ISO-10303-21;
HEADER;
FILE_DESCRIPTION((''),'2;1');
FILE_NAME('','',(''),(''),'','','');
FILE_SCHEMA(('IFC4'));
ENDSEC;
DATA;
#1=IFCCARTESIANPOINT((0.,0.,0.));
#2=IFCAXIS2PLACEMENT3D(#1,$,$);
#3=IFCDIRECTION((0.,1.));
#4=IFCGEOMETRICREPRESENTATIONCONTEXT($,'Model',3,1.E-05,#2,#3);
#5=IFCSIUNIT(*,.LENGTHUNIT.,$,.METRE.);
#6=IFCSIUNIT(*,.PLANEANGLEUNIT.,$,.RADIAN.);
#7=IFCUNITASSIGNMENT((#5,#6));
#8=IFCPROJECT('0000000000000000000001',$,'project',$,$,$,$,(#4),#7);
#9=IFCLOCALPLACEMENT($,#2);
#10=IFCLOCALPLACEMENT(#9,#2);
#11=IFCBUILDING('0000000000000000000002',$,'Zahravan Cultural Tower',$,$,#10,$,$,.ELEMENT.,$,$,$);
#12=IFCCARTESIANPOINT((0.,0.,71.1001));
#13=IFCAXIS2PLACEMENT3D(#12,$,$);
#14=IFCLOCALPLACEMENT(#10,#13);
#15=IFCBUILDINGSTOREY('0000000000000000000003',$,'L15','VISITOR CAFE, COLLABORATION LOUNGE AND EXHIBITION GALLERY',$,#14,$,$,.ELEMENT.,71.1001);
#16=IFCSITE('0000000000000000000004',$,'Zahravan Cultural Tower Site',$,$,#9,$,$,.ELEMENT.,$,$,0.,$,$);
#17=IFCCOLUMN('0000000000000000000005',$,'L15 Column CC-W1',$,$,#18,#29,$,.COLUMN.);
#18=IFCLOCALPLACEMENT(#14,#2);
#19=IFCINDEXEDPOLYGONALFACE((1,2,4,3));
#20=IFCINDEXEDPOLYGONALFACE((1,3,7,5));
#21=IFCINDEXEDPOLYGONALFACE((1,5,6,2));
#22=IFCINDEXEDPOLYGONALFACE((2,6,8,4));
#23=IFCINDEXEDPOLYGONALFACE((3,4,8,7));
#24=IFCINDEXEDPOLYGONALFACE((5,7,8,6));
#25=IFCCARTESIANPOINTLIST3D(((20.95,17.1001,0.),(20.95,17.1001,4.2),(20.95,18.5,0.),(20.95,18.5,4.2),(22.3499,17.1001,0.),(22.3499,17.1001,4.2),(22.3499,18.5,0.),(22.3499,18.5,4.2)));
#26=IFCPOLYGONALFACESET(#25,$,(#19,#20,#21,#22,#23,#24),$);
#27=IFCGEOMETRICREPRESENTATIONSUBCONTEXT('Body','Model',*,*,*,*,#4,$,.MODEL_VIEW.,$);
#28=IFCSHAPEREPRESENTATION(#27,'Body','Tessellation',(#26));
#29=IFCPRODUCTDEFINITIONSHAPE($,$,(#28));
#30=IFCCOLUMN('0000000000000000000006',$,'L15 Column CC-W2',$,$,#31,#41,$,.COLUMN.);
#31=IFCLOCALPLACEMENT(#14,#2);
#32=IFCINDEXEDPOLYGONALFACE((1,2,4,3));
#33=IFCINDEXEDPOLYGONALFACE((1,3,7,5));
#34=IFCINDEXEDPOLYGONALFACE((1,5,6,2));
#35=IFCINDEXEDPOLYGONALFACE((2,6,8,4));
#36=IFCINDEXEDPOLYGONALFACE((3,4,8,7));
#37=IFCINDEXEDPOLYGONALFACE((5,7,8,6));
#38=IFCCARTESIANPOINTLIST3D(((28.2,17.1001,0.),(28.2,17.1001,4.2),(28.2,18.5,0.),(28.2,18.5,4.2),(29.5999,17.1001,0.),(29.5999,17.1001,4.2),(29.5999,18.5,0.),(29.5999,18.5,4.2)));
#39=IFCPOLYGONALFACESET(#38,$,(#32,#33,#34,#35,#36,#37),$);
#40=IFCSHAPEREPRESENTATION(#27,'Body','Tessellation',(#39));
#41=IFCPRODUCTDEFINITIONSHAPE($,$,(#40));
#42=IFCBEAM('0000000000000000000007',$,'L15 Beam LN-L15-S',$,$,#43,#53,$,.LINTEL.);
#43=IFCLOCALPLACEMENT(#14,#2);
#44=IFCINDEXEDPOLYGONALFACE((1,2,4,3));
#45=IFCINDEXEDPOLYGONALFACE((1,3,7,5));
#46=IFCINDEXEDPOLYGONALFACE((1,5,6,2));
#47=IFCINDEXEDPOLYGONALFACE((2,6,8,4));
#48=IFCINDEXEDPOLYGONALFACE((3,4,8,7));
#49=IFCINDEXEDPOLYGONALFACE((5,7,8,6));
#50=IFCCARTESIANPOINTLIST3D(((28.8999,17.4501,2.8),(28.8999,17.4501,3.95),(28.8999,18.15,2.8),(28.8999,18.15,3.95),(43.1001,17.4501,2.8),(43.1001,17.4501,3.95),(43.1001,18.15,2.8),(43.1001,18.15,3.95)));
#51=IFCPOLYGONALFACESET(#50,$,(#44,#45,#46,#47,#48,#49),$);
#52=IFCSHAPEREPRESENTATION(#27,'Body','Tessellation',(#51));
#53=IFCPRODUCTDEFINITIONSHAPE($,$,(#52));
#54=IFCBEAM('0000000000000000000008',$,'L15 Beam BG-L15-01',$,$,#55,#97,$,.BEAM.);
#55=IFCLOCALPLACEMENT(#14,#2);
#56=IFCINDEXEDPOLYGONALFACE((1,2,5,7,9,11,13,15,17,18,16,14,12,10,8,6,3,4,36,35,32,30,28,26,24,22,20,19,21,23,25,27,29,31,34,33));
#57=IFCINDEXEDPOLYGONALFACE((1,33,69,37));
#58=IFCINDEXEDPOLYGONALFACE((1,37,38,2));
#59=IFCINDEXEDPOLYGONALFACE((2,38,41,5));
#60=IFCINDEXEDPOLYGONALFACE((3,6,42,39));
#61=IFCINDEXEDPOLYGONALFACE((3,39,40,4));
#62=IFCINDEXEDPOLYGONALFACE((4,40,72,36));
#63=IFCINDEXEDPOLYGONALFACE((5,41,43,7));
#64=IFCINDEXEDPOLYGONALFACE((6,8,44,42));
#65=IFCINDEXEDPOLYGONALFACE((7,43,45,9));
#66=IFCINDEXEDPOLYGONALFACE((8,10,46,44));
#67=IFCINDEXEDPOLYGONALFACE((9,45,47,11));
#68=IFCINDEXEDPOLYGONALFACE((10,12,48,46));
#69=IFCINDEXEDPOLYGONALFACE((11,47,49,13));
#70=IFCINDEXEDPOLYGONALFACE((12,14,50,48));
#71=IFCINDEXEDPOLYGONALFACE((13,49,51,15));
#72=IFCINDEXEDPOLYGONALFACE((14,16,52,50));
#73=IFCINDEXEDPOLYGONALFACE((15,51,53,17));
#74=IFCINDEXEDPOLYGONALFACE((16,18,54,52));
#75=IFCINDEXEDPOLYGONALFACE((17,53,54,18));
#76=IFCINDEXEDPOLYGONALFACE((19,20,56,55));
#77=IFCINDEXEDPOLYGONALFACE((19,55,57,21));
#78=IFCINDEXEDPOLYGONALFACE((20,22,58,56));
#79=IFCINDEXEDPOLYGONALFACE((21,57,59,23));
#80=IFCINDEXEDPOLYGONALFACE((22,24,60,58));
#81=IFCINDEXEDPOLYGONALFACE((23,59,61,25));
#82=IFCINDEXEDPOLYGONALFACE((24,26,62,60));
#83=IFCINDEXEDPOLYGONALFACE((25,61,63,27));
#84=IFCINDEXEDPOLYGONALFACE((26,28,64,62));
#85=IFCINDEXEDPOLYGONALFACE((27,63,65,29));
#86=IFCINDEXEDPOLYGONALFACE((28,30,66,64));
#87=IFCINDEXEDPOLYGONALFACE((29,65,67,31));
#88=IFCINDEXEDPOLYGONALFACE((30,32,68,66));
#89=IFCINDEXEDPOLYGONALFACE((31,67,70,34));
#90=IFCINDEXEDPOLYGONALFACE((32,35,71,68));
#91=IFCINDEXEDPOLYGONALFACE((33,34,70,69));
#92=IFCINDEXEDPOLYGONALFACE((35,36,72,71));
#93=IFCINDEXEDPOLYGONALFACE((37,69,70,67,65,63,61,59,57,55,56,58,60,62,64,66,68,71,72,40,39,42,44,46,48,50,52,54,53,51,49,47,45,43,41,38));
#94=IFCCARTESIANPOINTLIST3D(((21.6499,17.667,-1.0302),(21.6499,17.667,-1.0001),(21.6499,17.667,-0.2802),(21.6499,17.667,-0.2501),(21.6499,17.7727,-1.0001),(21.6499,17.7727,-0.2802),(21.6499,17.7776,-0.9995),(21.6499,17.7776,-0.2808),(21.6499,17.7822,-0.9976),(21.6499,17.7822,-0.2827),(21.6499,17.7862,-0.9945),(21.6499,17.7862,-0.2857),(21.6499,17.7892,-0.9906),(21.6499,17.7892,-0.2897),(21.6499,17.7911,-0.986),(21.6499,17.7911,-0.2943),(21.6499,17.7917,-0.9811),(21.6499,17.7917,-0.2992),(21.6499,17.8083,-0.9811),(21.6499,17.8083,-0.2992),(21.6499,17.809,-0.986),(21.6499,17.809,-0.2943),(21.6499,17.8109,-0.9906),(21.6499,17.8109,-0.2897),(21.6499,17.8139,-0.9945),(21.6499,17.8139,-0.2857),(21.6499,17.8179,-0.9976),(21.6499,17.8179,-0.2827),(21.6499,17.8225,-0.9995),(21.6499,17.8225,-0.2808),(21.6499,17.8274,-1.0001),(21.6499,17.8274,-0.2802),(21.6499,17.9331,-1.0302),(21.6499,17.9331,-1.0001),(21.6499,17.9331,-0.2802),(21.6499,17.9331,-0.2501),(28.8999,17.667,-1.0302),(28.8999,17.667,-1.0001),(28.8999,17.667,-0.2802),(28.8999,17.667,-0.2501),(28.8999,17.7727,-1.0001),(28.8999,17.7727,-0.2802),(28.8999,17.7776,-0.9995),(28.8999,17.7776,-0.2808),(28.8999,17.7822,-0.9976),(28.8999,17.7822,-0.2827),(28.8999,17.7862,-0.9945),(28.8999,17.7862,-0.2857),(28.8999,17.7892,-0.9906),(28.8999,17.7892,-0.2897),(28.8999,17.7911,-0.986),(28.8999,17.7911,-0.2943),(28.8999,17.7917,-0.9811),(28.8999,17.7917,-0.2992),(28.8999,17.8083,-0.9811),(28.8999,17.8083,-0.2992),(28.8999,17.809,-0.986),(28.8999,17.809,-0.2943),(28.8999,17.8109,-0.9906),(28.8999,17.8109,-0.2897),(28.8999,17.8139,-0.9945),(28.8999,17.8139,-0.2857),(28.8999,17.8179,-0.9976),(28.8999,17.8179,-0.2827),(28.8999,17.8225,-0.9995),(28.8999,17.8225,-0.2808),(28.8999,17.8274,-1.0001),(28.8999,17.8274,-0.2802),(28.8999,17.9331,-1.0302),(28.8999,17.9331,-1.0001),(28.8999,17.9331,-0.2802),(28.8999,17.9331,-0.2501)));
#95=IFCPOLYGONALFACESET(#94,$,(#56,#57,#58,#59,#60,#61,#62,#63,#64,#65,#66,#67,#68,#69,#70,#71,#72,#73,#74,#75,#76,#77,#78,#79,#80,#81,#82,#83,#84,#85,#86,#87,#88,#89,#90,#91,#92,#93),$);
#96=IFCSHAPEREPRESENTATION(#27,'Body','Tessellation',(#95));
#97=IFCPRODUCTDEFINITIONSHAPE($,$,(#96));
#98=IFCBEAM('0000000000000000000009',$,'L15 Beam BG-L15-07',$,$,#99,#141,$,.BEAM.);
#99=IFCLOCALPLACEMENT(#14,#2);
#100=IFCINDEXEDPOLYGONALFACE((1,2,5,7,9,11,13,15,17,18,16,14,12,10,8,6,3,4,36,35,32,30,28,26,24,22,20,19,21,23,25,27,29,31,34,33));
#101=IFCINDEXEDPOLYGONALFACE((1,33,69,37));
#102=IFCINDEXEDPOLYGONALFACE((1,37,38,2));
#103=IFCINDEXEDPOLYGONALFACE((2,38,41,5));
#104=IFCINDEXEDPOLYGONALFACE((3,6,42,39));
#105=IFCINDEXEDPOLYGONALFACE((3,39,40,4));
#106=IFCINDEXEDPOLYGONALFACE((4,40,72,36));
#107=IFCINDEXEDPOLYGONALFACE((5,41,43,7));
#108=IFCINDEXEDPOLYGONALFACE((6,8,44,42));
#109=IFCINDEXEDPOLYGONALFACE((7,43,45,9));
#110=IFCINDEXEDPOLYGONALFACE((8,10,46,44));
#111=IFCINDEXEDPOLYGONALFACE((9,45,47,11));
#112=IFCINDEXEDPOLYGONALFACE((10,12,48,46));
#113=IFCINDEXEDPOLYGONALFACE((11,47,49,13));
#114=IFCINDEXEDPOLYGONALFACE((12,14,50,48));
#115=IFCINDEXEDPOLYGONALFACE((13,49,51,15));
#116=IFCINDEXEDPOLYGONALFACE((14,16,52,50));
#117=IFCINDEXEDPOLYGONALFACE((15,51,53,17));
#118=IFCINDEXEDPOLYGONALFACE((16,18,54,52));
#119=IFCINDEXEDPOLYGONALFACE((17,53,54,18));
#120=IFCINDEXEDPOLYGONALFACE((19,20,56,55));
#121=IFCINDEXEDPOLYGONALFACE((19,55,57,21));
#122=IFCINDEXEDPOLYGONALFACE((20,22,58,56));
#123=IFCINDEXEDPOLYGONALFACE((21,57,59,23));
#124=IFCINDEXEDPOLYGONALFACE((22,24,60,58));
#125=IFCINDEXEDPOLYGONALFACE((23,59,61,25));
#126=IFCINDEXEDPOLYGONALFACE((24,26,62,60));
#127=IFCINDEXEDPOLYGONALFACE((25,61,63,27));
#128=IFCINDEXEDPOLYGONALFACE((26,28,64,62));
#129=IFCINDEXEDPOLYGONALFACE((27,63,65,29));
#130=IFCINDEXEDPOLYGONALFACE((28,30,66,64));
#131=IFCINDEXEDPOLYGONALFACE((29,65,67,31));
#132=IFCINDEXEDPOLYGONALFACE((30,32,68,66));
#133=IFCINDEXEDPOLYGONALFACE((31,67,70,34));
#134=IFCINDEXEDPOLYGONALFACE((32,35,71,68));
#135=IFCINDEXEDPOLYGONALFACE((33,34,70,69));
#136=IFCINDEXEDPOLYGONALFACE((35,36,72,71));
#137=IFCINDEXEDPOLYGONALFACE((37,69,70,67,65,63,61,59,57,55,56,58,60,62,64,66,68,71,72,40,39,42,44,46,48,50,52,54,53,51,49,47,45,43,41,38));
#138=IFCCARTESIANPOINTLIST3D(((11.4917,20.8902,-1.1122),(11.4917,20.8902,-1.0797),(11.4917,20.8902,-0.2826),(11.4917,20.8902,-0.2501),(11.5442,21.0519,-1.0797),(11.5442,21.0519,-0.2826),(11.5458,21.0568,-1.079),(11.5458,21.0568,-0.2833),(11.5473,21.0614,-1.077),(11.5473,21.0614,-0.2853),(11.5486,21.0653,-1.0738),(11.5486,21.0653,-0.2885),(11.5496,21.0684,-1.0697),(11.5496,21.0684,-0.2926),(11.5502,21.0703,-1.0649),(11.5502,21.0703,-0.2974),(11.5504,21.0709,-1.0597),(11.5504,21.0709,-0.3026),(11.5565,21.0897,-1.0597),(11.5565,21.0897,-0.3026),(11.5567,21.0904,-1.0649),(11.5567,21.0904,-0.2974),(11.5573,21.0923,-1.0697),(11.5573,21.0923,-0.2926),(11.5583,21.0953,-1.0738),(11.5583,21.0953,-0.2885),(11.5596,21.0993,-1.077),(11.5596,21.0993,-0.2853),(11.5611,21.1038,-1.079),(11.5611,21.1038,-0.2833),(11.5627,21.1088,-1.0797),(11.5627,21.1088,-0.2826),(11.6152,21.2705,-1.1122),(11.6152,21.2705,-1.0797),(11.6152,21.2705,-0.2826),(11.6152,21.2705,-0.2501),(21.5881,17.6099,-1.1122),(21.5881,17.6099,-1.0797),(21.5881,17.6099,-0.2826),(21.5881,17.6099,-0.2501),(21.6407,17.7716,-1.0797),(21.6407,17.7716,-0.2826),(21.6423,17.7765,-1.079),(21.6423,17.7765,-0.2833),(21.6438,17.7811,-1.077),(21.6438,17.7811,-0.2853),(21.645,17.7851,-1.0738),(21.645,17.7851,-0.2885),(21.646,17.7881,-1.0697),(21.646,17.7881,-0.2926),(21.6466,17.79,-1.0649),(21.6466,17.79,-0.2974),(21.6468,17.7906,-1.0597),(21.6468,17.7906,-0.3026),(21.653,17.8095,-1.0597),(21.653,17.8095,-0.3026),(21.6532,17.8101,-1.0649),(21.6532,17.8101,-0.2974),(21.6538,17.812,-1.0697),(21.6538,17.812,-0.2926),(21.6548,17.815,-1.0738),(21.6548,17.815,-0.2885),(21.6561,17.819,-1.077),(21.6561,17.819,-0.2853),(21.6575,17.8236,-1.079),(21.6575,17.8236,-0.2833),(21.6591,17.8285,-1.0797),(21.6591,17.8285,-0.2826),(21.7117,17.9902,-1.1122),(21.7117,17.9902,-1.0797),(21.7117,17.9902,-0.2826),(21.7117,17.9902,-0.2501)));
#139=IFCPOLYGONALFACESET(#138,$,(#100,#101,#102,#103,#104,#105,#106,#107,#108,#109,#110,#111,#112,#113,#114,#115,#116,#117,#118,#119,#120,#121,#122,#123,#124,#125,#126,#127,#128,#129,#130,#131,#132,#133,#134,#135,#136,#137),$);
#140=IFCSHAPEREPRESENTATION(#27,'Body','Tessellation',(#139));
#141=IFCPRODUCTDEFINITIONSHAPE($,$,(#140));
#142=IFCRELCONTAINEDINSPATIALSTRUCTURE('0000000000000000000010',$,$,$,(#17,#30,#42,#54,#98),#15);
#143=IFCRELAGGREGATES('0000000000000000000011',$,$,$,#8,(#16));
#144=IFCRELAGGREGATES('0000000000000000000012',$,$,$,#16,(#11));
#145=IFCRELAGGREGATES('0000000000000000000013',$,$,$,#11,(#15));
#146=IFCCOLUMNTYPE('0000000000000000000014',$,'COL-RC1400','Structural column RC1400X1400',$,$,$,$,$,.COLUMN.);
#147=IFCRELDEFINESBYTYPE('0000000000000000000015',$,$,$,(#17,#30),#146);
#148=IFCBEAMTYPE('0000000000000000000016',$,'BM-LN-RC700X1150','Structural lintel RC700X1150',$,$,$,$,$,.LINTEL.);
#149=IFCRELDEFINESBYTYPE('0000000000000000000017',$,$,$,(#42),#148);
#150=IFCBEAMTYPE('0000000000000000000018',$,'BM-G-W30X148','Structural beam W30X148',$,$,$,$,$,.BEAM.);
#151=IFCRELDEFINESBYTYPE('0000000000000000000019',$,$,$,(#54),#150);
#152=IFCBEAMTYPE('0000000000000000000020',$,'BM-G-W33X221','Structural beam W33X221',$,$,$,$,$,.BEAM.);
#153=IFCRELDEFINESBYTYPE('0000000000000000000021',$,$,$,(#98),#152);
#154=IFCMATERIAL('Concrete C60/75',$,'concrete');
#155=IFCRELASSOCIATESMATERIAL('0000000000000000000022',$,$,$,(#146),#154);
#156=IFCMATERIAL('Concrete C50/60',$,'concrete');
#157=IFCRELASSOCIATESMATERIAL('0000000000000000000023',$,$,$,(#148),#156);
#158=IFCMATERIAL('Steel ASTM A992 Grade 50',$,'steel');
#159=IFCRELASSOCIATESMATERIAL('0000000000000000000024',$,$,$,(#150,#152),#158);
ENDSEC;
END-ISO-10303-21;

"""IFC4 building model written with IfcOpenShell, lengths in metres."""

from ifc_helpers import new_model, si_unit, direction, frame, origin, origin_2d, place, context, subcontext, project, spatial, rectangle, i_section, extrude, source, transform, mapped, material, material_profile, profile_set, type_object, element, save


model = new_model("IFC4")

# Units and contexts
model_context = context("Model", 3, precision=1e-05, world=origin(), true_north=direction((0.0, 1.0)))
body_context = subcontext(model_context, "Body", "Model", "MODEL_VIEW")
ifc_project = project(units=[si_unit("LENGTHUNIT", "METRE"), si_unit("PLANEANGLEUNIT", "RADIAN")], contexts=[model_context])

# Site, building, storey
site_placement = place(None, origin())
site = spatial("IfcSite", under=ifc_project, at=site_placement, Name="Zahravan Cultural Tower Site", CompositionType="ELEMENT", RefElevation=0.0)
building_placement = place(site_placement, origin())
building = spatial("IfcBuilding", under=site, at=building_placement, Name="Zahravan Cultural Tower", CompositionType="ELEMENT")
storey_placement = place(building_placement, frame((0.0, 0.0, 71.1001)))
storey = spatial("IfcBuildingStorey", under=building, at=storey_placement, Name="L15", Description="VISITOR CAFE, COLLABORATION LOUNGE AND EXHIBITION GALLERY", CompositionType="ELEMENT", Elevation=71.1001)

# Columns
ifc_material_1 = material(Name="Concrete C60/75", Category="concrete")
ifc_material_profile_1 = material_profile(ifc_material_1, rectangle(XDim=1.3999, YDim=1.3999, at=origin_2d()), Name="RC1400X1400")
ifc_profile_set_1 = profile_set([ifc_material_profile_1], Name="Concrete C60/75")
column_type = type_object("IfcColumnType", Name="COL-RC1400", Description="Structural column RC1400X1400", PredefinedType="COLUMN", material=ifc_profile_set_1)
shared_shape_1 = source(origin(), body_context, "Body", "SweptSolid", [
    extrude(rectangle(XDim=1.3999, YDim=1.3999, at=origin_2d()), origin(), (0.0, 0.0, 1.0), 4.2),
])
for number, where, z_axis, x_axis, name in (
    (1, (21.6499, 17.8, 0.0), (0.0, 0.0, 1.0), (1.0, 0.0, 0.0), "L15 Column CC-W1"),
    (2, (28.8999, 17.8, 0.0), (0.0, 0.0, 1.0), (1.0, 0.0, 0.0), "L15 Column CC-W2"),
):
    element("IfcColumn", number, at=place(storey_placement, frame(where, z_axis=z_axis, x_axis=x_axis)), inside=storey, type_object=column_type, Name=name, PredefinedType="COLUMN", context=body_context, shape_type="MappedRepresentation", body=[
        mapped(shared_shape_1, transform((0.0, 0.0, 0.0), x_axis=(1.0, 0.0, 0.0), y_axis=(0.0, 1.0, 0.0), z_axis=(0.0, 0.0, 1.0), scale=1.0)),
    ])

# Beams
ifc_material_2 = material(Name="Concrete C50/60", Category="concrete")
ifc_material_profile_2 = material_profile(ifc_material_2, rectangle(XDim=0.7, YDim=1.1499, at=origin_2d()), Name="RC700X1150")
ifc_profile_set_2 = profile_set([ifc_material_profile_2], Name="Concrete C50/60")
beam_type_1 = type_object("IfcBeamType", Name="BM-LN-RC700X1150", Description="Structural lintel RC700X1150", PredefinedType="LINTEL", material=ifc_profile_set_2)
shared_shape_2 = source(origin(), body_context, "Body", "SweptSolid", [
    extrude(rectangle(XDim=0.7, YDim=1.1499, at=origin_2d()), origin(), (0.0, 0.0, 1.0), 14.2002),
])
beam_1_placement = place(storey_placement, frame((28.8999, 17.8, 3.375), z_axis=(1.0, 0.0, 0.0), x_axis=(0.0, 1.0, 0.0)))
element("IfcBeam", 3, at=beam_1_placement, inside=storey, type_object=beam_type_1, Name="L15 Beam LN-L15-S", PredefinedType="LINTEL", context=body_context, shape_type="MappedRepresentation", body=[
    mapped(shared_shape_2, transform((0.0, 0.0, 0.0), x_axis=(1.0, 0.0, 0.0), y_axis=(0.0, 1.0, 0.0), z_axis=(0.0, 0.0, 1.0), scale=1.0)),
])
ifc_material_3 = material(Name="Steel ASTM A992 Grade 50", Category="steel")
ifc_material_profile_3 = material_profile(ifc_material_3, i_section(OverallWidth=0.2661, OverallDepth=0.78, WebThickness=0.0166, FlangeThickness=0.03, FilletRadius=0.019, at=origin_2d()), Name="W30X148")
ifc_profile_set_3 = profile_set([ifc_material_profile_3], Name="Steel ASTM A992 Grade 50")
beam_type_2 = type_object("IfcBeamType", Name="BM-G-W30X148", Description="Structural beam W30X148", PredefinedType="BEAM", material=ifc_profile_set_3)
shared_shape_3 = source(origin(), body_context, "Body", "SweptSolid", [
    extrude(i_section(OverallWidth=0.2661, OverallDepth=0.78, WebThickness=0.0166, FlangeThickness=0.03, FilletRadius=0.019, at=origin_2d()), origin(), (0.0, 0.0, 1.0), 7.25),
])
beam_2_placement = place(storey_placement, frame((21.6499, 17.8, -0.6401), z_axis=(1.0, 0.0, 0.0), x_axis=(0.0, 1.0, 0.0)))
element("IfcBeam", 4, at=beam_2_placement, inside=storey, type_object=beam_type_2, Name="L15 Beam BG-L15-01", PredefinedType="BEAM", context=body_context, shape_type="MappedRepresentation", body=[
    mapped(shared_shape_3, transform((0.0, 0.0, 0.0), x_axis=(1.0, 0.0, 0.0), y_axis=(0.0, 1.0, 0.0), z_axis=(0.0, 0.0, 1.0), scale=1.0)),
])
ifc_material_profile_4 = material_profile(ifc_material_3, i_section(OverallWidth=0.3999, OverallDepth=0.8621, WebThickness=0.0198, FlangeThickness=0.0325, FilletRadius=0.02, at=origin_2d()), Name="W33X221")
ifc_profile_set_4 = profile_set([ifc_material_profile_4], Name="Steel ASTM A992 Grade 50")
beam_type_3 = type_object("IfcBeamType", Name="BM-G-W33X221", Description="Structural beam W33X221", PredefinedType="BEAM", material=ifc_profile_set_4)
shared_shape_4 = source(origin(), body_context, "Body", "SweptSolid", [
    extrude(i_section(OverallWidth=0.3999, OverallDepth=0.8621, WebThickness=0.0198, FlangeThickness=0.0325, FilletRadius=0.02, at=origin_2d()), origin(), (0.0, 0.0, 1.0), 10.616),
])
beam_3_placement = place(storey_placement, frame((21.6499, 17.8, -0.6812), z_axis=(-0.951064, 0.308995, 0.0), x_axis=(-0.308995, -0.951064, 0.0)))
element("IfcBeam", 5, at=beam_3_placement, inside=storey, type_object=beam_type_3, Name="L15 Beam BG-L15-07", PredefinedType="BEAM", context=body_context, shape_type="MappedRepresentation", body=[
    mapped(shared_shape_4, transform((0.0, 0.0, 0.0), x_axis=(1.0, 0.0, 0.0), y_axis=(0.0, 1.0, 0.0), z_axis=(0.0, 0.0, 1.0), scale=1.0)),
])

save(model, "model.ifc")
